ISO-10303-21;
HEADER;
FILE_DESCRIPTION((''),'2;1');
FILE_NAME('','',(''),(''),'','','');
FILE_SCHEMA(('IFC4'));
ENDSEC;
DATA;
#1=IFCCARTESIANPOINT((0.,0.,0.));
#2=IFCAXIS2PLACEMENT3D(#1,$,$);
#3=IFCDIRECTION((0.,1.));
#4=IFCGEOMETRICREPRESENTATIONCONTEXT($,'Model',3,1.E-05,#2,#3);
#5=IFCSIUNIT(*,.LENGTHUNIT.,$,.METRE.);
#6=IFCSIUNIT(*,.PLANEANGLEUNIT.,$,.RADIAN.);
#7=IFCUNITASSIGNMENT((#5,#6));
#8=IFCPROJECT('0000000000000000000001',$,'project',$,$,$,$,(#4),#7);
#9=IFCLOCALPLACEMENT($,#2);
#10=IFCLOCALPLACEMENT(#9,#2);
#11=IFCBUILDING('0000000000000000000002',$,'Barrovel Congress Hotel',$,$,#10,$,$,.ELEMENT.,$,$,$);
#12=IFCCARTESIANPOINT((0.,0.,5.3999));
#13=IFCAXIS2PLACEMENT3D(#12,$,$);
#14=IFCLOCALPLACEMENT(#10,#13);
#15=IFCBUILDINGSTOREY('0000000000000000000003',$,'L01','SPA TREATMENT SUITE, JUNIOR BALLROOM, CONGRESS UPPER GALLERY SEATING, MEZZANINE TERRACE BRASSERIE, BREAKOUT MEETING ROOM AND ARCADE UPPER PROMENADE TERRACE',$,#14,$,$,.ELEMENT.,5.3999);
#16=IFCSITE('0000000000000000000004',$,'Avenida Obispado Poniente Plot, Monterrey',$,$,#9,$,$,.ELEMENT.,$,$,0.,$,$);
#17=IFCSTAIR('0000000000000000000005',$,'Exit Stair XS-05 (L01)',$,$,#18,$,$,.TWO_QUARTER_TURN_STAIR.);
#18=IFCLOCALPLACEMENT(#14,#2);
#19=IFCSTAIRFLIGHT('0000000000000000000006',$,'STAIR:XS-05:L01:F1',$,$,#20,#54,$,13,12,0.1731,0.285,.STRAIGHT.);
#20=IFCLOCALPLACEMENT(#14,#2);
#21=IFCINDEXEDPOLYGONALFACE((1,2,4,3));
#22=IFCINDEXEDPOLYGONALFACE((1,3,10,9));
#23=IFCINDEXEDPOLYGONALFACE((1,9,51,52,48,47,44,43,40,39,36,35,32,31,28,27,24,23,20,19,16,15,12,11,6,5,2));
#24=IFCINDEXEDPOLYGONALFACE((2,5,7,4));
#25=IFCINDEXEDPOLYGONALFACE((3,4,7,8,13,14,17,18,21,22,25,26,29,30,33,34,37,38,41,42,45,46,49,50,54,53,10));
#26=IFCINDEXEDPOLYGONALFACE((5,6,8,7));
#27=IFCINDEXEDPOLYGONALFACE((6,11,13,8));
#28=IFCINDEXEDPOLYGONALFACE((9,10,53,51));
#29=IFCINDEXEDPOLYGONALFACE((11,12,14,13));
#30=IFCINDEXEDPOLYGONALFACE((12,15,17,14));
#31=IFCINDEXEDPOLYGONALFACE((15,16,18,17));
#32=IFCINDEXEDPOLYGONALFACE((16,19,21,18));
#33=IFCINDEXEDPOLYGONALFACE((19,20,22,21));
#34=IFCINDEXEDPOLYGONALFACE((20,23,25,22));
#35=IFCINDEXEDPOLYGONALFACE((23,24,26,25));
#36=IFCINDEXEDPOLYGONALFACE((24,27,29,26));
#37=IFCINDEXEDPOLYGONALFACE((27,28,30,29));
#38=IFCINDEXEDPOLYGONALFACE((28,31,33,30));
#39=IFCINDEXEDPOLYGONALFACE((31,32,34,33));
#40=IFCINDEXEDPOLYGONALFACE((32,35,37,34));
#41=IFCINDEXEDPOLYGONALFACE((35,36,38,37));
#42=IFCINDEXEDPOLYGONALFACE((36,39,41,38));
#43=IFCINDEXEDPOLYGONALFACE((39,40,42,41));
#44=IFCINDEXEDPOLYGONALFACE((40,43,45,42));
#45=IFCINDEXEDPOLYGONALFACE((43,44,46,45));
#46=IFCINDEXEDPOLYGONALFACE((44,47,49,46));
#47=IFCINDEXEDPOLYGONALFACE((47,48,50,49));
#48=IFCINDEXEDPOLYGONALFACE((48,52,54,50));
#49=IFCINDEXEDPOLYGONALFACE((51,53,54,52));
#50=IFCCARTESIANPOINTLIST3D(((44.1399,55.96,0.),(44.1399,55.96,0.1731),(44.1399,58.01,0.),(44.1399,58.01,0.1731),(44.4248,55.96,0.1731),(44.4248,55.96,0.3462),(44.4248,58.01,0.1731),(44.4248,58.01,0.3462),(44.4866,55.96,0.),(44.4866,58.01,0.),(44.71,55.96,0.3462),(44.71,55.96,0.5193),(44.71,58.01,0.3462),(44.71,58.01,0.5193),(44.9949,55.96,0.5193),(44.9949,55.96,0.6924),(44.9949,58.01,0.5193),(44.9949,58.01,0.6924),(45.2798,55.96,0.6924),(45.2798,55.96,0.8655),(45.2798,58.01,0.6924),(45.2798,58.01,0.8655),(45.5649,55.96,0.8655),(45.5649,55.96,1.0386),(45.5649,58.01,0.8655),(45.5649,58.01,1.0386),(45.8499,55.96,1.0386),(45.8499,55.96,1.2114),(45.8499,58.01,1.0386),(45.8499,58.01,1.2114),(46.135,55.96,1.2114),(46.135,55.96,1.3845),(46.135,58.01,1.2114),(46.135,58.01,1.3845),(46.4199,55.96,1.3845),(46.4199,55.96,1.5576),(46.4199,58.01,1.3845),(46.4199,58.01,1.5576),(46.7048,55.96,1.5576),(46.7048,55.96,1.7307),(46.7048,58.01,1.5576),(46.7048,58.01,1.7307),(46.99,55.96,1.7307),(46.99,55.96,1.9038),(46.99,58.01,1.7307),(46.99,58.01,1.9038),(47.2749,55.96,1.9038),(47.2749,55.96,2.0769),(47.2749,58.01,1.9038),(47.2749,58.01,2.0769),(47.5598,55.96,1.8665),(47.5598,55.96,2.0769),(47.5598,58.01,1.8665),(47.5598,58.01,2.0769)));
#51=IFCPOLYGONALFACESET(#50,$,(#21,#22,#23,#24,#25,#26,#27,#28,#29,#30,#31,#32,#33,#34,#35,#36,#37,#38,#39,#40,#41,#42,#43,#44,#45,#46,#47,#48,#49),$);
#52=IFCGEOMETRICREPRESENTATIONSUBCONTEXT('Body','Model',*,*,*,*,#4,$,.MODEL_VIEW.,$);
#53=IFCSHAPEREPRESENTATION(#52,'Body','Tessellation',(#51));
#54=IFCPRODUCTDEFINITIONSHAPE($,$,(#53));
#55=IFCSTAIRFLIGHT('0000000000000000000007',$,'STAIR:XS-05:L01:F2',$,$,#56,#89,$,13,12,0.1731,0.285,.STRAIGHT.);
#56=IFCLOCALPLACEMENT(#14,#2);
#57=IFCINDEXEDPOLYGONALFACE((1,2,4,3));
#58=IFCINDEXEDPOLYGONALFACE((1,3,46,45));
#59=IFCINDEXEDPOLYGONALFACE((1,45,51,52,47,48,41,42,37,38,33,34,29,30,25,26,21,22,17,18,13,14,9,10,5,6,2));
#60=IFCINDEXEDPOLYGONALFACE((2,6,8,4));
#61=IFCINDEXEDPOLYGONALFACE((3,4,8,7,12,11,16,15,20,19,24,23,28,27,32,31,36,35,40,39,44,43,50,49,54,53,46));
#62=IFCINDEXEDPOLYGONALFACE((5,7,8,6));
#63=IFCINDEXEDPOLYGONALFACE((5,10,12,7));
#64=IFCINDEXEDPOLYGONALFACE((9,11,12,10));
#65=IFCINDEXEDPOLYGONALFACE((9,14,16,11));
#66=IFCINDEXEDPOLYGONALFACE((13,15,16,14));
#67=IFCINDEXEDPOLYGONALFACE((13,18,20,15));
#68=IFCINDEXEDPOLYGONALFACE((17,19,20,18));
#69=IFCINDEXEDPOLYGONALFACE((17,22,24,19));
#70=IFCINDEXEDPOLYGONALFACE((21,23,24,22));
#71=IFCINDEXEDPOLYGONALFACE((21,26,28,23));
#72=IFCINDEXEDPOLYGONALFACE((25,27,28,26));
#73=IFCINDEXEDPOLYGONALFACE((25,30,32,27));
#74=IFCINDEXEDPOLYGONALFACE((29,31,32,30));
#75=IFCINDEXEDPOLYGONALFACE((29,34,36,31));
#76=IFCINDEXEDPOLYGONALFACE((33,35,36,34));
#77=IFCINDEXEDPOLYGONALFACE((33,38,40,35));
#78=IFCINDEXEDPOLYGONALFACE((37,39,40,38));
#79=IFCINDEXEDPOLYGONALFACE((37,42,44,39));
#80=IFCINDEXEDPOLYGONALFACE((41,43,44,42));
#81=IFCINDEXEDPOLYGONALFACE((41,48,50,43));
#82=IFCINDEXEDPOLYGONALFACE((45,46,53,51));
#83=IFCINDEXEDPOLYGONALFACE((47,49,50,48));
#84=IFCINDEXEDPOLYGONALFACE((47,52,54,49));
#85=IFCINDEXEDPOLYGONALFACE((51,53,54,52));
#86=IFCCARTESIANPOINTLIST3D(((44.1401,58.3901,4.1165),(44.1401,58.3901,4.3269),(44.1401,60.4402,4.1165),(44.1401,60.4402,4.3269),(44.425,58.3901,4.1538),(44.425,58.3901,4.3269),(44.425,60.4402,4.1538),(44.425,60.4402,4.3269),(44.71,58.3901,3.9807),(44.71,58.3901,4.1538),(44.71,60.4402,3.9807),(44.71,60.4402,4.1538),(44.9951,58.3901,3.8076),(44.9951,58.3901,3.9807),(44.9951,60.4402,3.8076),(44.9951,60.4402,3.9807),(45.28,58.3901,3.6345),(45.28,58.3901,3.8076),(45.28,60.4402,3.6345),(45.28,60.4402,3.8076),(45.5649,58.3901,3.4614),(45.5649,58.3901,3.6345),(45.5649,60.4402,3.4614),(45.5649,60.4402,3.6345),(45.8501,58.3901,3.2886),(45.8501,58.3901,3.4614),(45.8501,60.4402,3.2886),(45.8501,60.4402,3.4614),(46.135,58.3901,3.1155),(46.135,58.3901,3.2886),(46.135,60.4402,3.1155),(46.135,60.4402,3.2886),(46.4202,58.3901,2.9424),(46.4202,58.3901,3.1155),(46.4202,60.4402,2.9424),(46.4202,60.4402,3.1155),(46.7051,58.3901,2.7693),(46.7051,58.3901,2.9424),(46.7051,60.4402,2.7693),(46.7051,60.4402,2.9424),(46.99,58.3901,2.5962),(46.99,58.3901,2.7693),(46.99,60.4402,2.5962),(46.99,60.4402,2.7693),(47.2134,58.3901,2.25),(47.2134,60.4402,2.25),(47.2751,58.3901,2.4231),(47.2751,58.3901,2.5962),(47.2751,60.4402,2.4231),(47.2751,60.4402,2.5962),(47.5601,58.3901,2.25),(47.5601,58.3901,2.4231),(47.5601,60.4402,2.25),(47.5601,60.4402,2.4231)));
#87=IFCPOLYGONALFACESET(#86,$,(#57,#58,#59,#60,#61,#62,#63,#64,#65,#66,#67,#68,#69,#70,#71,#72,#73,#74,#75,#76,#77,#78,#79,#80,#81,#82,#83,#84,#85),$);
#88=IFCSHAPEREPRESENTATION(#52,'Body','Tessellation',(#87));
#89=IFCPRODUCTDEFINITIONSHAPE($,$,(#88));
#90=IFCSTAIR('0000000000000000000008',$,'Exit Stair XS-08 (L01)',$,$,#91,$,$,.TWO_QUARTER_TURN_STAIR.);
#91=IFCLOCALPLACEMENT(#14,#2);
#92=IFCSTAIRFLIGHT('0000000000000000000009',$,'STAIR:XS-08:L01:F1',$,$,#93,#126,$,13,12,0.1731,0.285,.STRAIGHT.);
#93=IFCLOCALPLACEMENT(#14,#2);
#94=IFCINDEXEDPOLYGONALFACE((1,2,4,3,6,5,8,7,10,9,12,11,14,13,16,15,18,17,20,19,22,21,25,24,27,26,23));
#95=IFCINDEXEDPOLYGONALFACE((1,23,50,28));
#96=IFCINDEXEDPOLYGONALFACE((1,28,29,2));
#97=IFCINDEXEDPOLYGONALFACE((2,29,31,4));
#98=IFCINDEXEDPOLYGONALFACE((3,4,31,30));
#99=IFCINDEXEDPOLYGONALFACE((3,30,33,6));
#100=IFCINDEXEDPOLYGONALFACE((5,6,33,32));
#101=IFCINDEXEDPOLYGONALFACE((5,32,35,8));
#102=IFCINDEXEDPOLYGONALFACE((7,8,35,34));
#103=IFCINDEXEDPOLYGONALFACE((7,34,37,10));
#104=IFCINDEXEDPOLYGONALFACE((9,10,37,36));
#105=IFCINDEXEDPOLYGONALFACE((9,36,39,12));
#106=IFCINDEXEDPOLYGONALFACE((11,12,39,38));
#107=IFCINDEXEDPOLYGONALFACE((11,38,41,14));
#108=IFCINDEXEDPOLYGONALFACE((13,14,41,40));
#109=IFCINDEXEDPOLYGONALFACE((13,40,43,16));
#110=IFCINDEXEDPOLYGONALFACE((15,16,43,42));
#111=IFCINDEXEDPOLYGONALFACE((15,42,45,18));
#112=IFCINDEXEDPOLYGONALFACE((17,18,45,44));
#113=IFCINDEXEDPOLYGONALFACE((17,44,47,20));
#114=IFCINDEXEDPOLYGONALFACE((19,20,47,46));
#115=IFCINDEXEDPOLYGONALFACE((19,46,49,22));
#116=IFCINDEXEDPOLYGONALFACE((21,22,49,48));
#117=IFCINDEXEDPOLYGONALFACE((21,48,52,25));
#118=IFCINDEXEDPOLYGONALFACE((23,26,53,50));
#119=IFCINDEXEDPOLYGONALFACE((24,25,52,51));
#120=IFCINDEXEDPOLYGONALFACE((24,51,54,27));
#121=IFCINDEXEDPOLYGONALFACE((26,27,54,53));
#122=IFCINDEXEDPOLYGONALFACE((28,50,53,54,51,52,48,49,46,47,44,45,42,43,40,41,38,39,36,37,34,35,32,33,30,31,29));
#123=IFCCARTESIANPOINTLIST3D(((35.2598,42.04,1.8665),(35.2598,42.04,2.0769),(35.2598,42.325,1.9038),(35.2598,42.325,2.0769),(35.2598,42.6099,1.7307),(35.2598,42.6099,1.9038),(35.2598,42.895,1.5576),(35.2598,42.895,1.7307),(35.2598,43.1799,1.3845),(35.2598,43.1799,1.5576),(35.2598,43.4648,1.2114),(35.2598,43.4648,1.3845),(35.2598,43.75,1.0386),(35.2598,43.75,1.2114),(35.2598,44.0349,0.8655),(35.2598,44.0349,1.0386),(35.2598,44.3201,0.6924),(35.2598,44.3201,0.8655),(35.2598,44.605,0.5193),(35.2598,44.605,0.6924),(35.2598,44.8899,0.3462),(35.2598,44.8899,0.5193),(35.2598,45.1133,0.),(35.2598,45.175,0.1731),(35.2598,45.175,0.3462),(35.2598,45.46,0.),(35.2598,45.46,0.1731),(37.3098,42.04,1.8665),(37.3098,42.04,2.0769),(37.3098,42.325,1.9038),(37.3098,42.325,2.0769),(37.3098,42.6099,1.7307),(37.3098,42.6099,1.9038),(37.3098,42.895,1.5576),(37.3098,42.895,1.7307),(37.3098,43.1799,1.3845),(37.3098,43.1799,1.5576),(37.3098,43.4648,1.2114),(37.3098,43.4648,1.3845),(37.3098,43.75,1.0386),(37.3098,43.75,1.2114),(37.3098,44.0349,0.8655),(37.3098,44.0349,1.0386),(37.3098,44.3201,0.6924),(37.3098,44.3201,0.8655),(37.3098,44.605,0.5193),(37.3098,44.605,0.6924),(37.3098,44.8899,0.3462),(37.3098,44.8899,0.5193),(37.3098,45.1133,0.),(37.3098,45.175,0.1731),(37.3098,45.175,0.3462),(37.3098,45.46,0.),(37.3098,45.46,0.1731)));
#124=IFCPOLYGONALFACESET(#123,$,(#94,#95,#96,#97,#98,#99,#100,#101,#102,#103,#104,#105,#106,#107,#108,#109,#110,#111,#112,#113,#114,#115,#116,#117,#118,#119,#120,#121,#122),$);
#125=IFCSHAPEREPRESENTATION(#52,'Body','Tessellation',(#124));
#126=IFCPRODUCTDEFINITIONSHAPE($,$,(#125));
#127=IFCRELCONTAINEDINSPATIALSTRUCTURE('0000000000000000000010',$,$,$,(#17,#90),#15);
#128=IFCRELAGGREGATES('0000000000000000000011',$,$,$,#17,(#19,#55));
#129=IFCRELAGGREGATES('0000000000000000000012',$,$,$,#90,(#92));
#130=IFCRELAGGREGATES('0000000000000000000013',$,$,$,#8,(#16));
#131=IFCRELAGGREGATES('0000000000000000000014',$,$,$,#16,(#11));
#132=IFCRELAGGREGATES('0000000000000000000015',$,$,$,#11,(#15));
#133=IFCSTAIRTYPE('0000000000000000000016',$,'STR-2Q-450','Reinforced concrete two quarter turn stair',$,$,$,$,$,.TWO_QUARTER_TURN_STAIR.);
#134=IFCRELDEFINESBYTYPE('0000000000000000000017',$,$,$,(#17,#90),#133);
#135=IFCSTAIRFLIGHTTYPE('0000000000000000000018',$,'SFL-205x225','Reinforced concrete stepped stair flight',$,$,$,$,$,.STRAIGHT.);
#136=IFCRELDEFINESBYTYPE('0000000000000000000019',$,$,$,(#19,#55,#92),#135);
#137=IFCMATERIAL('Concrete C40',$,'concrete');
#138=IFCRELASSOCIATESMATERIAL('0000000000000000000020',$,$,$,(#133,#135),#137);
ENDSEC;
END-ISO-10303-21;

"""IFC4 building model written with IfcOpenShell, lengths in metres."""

from ifc_helpers import new_model, si_unit, direction, frame, origin, place, context, subcontext, project, spatial, polyline, outline, extrude, material, type_object, element, aggregate, save


model = new_model("IFC4")

# Units and contexts
model_context = context("Model", 3, precision=1e-05, world=origin(), true_north=direction((0.0, 1.0)))
body_context = subcontext(model_context, "Body", "Model", "MODEL_VIEW")
ifc_project = project(units=[si_unit("LENGTHUNIT", "METRE"), si_unit("PLANEANGLEUNIT", "RADIAN")], contexts=[model_context])

# Site, building, storey
site_placement = place(None, origin())
site = spatial("IfcSite", under=ifc_project, at=site_placement, Name="Avenida Obispado Poniente Plot, Monterrey", CompositionType="ELEMENT", RefElevation=0.0)
building_placement = place(site_placement, origin())
building = spatial("IfcBuilding", under=site, at=building_placement, Name="Barrovel Congress Hotel", CompositionType="ELEMENT")
storey_placement = place(building_placement, frame((0.0, 0.0, 5.3999)))
storey = spatial("IfcBuildingStorey", under=building, at=storey_placement, Name="L01", Description="SPA TREATMENT SUITE, JUNIOR BALLROOM, CONGRESS UPPER GALLERY SEATING, MEZZANINE TERRACE BRASSERIE, BREAKOUT MEETING ROOM AND ARCADE UPPER PROMENADE TERRACE", CompositionType="ELEMENT", Elevation=5.3999)

# Shared definitions
ifc_material_1 = material(Name="Concrete C40", Category="concrete")

# Stair, stair flights
stair_type = type_object("IfcStairType", Name="STR-2Q-450", Description="Reinforced concrete two quarter turn stair", PredefinedType="TWO_QUARTER_TURN_STAIR", material=ifc_material_1)
stair_1_placement = place(storey_placement, origin())
stair_1 = element("IfcStair", 1, at=stair_1_placement, inside=storey, type_object=stair_type, Name="Exit Stair XS-05 (L01)", PredefinedType="TWO_QUARTER_TURN_STAIR")
stair_flight_type = type_object("IfcStairFlightType", Name="SFL-205x225", Description="Reinforced concrete stepped stair flight", PredefinedType="STRAIGHT", material=ifc_material_1)
stair_flight_1_placement = place(storey_placement, frame((44.1399, 56.9851, 0.0), z_axis=(0.0, 0.0, 1.0), x_axis=(1.0, 0.0, 0.0)))
stair_flight_1 = element("IfcStairFlight", 2, at=stair_flight_1_placement, type_object=stair_flight_type, Name="STAIR:XS-05:L01:F1", NumberOfRisers=13, NumberOfTreads=12, PredefinedType="STRAIGHT", RiserHeight=0.1731, TreadLength=0.285, context=body_context, shape_type="SweptSolid", body=[
    extrude(outline(polyline([(0.0, 0.0), (0.0, 0.1731), (0.2849, 0.1731), (0.2849, 0.3462), (0.5701, 0.3462), (0.5701, 0.5193), (0.855, 0.5193), (0.855, 0.6924), (1.1399, 0.6924), (1.1399, 0.8655), (1.425, 0.8655), (1.425, 1.0386), (1.71, 1.0386), (1.71, 1.2114), (1.9951, 1.2114), (1.9951, 1.3845), (2.28, 1.3845), (2.28, 1.5576), (2.5649, 1.5576), (2.5649, 1.7307), (2.8501, 1.7307), (2.8501, 1.9038), (3.135, 1.9038), (3.135, 2.0769), (3.4199, 2.0769), (3.4199, 2.25), (3.4199, 1.8665), (0.3467, 0.0), (0.0, 0.0)])), frame((0.0, 1.0249, 0.0), z_axis=(0.0, -1.0, 0.0), x_axis=(1.0, 0.0, 0.0)), (0.0, 0.0, 1.0), 2.05),
])
stair_flight_2_placement = place(storey_placement, frame((47.5601, 59.415, 2.25), z_axis=(0.0, 0.0, 1.0), x_axis=(-1.0, 0.0, 0.0)))
stair_flight_2 = element("IfcStairFlight", 3, at=stair_flight_2_placement, type_object=stair_flight_type, Name="STAIR:XS-05:L01:F2", NumberOfRisers=13, NumberOfTreads=12, PredefinedType="STRAIGHT", RiserHeight=0.1731, TreadLength=0.285, context=body_context, shape_type="SweptSolid", body=[
    extrude(outline(polyline([(0.0, 0.0), (0.0, 0.1731), (0.2849, 0.1731), (0.2849, 0.3462), (0.5701, 0.3462), (0.5701, 0.5193), (0.855, 0.5193), (0.855, 0.6924), (1.1399, 0.6924), (1.1399, 0.8655), (1.425, 0.8655), (1.425, 1.0386), (1.71, 1.0386), (1.71, 1.2114), (1.9951, 1.2114), (1.9951, 1.3845), (2.28, 1.3845), (2.28, 1.5576), (2.5649, 1.5576), (2.5649, 1.7307), (2.8501, 1.7307), (2.8501, 1.9038), (3.135, 1.9038), (3.135, 2.0769), (3.4199, 2.0769), (3.4199, 2.25), (3.4199, 1.8665), (0.3467, 0.0), (0.0, 0.0)])), frame((0.0, 1.0249, 0.0), z_axis=(0.0, -1.0, 0.0), x_axis=(1.0, 0.0, 0.0)), (0.0, 0.0, 1.0), 2.05),
])
aggregate(stair_1, [stair_flight_1, stair_flight_2])

# Stair, stair flight
stair_2_placement = place(storey_placement, origin())
stair_2 = element("IfcStair", 4, at=stair_2_placement, inside=storey, type_object=stair_type, Name="Exit Stair XS-08 (L01)", PredefinedType="TWO_QUARTER_TURN_STAIR")
stair_flight_3_placement = place(storey_placement, frame((36.2849, 45.46, 0.0), z_axis=(0.0, 0.0, 1.0), x_axis=(0.0, -1.0, 0.0)))
stair_flight_3 = element("IfcStairFlight", 5, at=stair_flight_3_placement, type_object=stair_flight_type, Name="STAIR:XS-08:L01:F1", NumberOfRisers=13, NumberOfTreads=12, PredefinedType="STRAIGHT", RiserHeight=0.1731, TreadLength=0.285, context=body_context, shape_type="SweptSolid", body=[
    extrude(outline(polyline([(0.0, 0.0), (0.0, 0.1731), (0.2849, 0.1731), (0.2849, 0.3462), (0.5701, 0.3462), (0.5701, 0.5193), (0.855, 0.5193), (0.855, 0.6924), (1.1399, 0.6924), (1.1399, 0.8655), (1.425, 0.8655), (1.425, 1.0386), (1.71, 1.0386), (1.71, 1.2114), (1.9951, 1.2114), (1.9951, 1.3845), (2.28, 1.3845), (2.28, 1.5576), (2.5649, 1.5576), (2.5649, 1.7307), (2.8501, 1.7307), (2.8501, 1.9038), (3.135, 1.9038), (3.135, 2.0769), (3.4199, 2.0769), (3.4199, 2.25), (3.4199, 1.8665), (0.3467, 0.0), (0.0, 0.0)])), frame((0.0, 1.0249, 0.0), z_axis=(0.0, -1.0, 0.0), x_axis=(1.0, 0.0, 0.0)), (0.0, 0.0, 1.0), 2.05),
])
aggregate(stair_2, [stair_flight_3])

save(model, "model.ifc")
